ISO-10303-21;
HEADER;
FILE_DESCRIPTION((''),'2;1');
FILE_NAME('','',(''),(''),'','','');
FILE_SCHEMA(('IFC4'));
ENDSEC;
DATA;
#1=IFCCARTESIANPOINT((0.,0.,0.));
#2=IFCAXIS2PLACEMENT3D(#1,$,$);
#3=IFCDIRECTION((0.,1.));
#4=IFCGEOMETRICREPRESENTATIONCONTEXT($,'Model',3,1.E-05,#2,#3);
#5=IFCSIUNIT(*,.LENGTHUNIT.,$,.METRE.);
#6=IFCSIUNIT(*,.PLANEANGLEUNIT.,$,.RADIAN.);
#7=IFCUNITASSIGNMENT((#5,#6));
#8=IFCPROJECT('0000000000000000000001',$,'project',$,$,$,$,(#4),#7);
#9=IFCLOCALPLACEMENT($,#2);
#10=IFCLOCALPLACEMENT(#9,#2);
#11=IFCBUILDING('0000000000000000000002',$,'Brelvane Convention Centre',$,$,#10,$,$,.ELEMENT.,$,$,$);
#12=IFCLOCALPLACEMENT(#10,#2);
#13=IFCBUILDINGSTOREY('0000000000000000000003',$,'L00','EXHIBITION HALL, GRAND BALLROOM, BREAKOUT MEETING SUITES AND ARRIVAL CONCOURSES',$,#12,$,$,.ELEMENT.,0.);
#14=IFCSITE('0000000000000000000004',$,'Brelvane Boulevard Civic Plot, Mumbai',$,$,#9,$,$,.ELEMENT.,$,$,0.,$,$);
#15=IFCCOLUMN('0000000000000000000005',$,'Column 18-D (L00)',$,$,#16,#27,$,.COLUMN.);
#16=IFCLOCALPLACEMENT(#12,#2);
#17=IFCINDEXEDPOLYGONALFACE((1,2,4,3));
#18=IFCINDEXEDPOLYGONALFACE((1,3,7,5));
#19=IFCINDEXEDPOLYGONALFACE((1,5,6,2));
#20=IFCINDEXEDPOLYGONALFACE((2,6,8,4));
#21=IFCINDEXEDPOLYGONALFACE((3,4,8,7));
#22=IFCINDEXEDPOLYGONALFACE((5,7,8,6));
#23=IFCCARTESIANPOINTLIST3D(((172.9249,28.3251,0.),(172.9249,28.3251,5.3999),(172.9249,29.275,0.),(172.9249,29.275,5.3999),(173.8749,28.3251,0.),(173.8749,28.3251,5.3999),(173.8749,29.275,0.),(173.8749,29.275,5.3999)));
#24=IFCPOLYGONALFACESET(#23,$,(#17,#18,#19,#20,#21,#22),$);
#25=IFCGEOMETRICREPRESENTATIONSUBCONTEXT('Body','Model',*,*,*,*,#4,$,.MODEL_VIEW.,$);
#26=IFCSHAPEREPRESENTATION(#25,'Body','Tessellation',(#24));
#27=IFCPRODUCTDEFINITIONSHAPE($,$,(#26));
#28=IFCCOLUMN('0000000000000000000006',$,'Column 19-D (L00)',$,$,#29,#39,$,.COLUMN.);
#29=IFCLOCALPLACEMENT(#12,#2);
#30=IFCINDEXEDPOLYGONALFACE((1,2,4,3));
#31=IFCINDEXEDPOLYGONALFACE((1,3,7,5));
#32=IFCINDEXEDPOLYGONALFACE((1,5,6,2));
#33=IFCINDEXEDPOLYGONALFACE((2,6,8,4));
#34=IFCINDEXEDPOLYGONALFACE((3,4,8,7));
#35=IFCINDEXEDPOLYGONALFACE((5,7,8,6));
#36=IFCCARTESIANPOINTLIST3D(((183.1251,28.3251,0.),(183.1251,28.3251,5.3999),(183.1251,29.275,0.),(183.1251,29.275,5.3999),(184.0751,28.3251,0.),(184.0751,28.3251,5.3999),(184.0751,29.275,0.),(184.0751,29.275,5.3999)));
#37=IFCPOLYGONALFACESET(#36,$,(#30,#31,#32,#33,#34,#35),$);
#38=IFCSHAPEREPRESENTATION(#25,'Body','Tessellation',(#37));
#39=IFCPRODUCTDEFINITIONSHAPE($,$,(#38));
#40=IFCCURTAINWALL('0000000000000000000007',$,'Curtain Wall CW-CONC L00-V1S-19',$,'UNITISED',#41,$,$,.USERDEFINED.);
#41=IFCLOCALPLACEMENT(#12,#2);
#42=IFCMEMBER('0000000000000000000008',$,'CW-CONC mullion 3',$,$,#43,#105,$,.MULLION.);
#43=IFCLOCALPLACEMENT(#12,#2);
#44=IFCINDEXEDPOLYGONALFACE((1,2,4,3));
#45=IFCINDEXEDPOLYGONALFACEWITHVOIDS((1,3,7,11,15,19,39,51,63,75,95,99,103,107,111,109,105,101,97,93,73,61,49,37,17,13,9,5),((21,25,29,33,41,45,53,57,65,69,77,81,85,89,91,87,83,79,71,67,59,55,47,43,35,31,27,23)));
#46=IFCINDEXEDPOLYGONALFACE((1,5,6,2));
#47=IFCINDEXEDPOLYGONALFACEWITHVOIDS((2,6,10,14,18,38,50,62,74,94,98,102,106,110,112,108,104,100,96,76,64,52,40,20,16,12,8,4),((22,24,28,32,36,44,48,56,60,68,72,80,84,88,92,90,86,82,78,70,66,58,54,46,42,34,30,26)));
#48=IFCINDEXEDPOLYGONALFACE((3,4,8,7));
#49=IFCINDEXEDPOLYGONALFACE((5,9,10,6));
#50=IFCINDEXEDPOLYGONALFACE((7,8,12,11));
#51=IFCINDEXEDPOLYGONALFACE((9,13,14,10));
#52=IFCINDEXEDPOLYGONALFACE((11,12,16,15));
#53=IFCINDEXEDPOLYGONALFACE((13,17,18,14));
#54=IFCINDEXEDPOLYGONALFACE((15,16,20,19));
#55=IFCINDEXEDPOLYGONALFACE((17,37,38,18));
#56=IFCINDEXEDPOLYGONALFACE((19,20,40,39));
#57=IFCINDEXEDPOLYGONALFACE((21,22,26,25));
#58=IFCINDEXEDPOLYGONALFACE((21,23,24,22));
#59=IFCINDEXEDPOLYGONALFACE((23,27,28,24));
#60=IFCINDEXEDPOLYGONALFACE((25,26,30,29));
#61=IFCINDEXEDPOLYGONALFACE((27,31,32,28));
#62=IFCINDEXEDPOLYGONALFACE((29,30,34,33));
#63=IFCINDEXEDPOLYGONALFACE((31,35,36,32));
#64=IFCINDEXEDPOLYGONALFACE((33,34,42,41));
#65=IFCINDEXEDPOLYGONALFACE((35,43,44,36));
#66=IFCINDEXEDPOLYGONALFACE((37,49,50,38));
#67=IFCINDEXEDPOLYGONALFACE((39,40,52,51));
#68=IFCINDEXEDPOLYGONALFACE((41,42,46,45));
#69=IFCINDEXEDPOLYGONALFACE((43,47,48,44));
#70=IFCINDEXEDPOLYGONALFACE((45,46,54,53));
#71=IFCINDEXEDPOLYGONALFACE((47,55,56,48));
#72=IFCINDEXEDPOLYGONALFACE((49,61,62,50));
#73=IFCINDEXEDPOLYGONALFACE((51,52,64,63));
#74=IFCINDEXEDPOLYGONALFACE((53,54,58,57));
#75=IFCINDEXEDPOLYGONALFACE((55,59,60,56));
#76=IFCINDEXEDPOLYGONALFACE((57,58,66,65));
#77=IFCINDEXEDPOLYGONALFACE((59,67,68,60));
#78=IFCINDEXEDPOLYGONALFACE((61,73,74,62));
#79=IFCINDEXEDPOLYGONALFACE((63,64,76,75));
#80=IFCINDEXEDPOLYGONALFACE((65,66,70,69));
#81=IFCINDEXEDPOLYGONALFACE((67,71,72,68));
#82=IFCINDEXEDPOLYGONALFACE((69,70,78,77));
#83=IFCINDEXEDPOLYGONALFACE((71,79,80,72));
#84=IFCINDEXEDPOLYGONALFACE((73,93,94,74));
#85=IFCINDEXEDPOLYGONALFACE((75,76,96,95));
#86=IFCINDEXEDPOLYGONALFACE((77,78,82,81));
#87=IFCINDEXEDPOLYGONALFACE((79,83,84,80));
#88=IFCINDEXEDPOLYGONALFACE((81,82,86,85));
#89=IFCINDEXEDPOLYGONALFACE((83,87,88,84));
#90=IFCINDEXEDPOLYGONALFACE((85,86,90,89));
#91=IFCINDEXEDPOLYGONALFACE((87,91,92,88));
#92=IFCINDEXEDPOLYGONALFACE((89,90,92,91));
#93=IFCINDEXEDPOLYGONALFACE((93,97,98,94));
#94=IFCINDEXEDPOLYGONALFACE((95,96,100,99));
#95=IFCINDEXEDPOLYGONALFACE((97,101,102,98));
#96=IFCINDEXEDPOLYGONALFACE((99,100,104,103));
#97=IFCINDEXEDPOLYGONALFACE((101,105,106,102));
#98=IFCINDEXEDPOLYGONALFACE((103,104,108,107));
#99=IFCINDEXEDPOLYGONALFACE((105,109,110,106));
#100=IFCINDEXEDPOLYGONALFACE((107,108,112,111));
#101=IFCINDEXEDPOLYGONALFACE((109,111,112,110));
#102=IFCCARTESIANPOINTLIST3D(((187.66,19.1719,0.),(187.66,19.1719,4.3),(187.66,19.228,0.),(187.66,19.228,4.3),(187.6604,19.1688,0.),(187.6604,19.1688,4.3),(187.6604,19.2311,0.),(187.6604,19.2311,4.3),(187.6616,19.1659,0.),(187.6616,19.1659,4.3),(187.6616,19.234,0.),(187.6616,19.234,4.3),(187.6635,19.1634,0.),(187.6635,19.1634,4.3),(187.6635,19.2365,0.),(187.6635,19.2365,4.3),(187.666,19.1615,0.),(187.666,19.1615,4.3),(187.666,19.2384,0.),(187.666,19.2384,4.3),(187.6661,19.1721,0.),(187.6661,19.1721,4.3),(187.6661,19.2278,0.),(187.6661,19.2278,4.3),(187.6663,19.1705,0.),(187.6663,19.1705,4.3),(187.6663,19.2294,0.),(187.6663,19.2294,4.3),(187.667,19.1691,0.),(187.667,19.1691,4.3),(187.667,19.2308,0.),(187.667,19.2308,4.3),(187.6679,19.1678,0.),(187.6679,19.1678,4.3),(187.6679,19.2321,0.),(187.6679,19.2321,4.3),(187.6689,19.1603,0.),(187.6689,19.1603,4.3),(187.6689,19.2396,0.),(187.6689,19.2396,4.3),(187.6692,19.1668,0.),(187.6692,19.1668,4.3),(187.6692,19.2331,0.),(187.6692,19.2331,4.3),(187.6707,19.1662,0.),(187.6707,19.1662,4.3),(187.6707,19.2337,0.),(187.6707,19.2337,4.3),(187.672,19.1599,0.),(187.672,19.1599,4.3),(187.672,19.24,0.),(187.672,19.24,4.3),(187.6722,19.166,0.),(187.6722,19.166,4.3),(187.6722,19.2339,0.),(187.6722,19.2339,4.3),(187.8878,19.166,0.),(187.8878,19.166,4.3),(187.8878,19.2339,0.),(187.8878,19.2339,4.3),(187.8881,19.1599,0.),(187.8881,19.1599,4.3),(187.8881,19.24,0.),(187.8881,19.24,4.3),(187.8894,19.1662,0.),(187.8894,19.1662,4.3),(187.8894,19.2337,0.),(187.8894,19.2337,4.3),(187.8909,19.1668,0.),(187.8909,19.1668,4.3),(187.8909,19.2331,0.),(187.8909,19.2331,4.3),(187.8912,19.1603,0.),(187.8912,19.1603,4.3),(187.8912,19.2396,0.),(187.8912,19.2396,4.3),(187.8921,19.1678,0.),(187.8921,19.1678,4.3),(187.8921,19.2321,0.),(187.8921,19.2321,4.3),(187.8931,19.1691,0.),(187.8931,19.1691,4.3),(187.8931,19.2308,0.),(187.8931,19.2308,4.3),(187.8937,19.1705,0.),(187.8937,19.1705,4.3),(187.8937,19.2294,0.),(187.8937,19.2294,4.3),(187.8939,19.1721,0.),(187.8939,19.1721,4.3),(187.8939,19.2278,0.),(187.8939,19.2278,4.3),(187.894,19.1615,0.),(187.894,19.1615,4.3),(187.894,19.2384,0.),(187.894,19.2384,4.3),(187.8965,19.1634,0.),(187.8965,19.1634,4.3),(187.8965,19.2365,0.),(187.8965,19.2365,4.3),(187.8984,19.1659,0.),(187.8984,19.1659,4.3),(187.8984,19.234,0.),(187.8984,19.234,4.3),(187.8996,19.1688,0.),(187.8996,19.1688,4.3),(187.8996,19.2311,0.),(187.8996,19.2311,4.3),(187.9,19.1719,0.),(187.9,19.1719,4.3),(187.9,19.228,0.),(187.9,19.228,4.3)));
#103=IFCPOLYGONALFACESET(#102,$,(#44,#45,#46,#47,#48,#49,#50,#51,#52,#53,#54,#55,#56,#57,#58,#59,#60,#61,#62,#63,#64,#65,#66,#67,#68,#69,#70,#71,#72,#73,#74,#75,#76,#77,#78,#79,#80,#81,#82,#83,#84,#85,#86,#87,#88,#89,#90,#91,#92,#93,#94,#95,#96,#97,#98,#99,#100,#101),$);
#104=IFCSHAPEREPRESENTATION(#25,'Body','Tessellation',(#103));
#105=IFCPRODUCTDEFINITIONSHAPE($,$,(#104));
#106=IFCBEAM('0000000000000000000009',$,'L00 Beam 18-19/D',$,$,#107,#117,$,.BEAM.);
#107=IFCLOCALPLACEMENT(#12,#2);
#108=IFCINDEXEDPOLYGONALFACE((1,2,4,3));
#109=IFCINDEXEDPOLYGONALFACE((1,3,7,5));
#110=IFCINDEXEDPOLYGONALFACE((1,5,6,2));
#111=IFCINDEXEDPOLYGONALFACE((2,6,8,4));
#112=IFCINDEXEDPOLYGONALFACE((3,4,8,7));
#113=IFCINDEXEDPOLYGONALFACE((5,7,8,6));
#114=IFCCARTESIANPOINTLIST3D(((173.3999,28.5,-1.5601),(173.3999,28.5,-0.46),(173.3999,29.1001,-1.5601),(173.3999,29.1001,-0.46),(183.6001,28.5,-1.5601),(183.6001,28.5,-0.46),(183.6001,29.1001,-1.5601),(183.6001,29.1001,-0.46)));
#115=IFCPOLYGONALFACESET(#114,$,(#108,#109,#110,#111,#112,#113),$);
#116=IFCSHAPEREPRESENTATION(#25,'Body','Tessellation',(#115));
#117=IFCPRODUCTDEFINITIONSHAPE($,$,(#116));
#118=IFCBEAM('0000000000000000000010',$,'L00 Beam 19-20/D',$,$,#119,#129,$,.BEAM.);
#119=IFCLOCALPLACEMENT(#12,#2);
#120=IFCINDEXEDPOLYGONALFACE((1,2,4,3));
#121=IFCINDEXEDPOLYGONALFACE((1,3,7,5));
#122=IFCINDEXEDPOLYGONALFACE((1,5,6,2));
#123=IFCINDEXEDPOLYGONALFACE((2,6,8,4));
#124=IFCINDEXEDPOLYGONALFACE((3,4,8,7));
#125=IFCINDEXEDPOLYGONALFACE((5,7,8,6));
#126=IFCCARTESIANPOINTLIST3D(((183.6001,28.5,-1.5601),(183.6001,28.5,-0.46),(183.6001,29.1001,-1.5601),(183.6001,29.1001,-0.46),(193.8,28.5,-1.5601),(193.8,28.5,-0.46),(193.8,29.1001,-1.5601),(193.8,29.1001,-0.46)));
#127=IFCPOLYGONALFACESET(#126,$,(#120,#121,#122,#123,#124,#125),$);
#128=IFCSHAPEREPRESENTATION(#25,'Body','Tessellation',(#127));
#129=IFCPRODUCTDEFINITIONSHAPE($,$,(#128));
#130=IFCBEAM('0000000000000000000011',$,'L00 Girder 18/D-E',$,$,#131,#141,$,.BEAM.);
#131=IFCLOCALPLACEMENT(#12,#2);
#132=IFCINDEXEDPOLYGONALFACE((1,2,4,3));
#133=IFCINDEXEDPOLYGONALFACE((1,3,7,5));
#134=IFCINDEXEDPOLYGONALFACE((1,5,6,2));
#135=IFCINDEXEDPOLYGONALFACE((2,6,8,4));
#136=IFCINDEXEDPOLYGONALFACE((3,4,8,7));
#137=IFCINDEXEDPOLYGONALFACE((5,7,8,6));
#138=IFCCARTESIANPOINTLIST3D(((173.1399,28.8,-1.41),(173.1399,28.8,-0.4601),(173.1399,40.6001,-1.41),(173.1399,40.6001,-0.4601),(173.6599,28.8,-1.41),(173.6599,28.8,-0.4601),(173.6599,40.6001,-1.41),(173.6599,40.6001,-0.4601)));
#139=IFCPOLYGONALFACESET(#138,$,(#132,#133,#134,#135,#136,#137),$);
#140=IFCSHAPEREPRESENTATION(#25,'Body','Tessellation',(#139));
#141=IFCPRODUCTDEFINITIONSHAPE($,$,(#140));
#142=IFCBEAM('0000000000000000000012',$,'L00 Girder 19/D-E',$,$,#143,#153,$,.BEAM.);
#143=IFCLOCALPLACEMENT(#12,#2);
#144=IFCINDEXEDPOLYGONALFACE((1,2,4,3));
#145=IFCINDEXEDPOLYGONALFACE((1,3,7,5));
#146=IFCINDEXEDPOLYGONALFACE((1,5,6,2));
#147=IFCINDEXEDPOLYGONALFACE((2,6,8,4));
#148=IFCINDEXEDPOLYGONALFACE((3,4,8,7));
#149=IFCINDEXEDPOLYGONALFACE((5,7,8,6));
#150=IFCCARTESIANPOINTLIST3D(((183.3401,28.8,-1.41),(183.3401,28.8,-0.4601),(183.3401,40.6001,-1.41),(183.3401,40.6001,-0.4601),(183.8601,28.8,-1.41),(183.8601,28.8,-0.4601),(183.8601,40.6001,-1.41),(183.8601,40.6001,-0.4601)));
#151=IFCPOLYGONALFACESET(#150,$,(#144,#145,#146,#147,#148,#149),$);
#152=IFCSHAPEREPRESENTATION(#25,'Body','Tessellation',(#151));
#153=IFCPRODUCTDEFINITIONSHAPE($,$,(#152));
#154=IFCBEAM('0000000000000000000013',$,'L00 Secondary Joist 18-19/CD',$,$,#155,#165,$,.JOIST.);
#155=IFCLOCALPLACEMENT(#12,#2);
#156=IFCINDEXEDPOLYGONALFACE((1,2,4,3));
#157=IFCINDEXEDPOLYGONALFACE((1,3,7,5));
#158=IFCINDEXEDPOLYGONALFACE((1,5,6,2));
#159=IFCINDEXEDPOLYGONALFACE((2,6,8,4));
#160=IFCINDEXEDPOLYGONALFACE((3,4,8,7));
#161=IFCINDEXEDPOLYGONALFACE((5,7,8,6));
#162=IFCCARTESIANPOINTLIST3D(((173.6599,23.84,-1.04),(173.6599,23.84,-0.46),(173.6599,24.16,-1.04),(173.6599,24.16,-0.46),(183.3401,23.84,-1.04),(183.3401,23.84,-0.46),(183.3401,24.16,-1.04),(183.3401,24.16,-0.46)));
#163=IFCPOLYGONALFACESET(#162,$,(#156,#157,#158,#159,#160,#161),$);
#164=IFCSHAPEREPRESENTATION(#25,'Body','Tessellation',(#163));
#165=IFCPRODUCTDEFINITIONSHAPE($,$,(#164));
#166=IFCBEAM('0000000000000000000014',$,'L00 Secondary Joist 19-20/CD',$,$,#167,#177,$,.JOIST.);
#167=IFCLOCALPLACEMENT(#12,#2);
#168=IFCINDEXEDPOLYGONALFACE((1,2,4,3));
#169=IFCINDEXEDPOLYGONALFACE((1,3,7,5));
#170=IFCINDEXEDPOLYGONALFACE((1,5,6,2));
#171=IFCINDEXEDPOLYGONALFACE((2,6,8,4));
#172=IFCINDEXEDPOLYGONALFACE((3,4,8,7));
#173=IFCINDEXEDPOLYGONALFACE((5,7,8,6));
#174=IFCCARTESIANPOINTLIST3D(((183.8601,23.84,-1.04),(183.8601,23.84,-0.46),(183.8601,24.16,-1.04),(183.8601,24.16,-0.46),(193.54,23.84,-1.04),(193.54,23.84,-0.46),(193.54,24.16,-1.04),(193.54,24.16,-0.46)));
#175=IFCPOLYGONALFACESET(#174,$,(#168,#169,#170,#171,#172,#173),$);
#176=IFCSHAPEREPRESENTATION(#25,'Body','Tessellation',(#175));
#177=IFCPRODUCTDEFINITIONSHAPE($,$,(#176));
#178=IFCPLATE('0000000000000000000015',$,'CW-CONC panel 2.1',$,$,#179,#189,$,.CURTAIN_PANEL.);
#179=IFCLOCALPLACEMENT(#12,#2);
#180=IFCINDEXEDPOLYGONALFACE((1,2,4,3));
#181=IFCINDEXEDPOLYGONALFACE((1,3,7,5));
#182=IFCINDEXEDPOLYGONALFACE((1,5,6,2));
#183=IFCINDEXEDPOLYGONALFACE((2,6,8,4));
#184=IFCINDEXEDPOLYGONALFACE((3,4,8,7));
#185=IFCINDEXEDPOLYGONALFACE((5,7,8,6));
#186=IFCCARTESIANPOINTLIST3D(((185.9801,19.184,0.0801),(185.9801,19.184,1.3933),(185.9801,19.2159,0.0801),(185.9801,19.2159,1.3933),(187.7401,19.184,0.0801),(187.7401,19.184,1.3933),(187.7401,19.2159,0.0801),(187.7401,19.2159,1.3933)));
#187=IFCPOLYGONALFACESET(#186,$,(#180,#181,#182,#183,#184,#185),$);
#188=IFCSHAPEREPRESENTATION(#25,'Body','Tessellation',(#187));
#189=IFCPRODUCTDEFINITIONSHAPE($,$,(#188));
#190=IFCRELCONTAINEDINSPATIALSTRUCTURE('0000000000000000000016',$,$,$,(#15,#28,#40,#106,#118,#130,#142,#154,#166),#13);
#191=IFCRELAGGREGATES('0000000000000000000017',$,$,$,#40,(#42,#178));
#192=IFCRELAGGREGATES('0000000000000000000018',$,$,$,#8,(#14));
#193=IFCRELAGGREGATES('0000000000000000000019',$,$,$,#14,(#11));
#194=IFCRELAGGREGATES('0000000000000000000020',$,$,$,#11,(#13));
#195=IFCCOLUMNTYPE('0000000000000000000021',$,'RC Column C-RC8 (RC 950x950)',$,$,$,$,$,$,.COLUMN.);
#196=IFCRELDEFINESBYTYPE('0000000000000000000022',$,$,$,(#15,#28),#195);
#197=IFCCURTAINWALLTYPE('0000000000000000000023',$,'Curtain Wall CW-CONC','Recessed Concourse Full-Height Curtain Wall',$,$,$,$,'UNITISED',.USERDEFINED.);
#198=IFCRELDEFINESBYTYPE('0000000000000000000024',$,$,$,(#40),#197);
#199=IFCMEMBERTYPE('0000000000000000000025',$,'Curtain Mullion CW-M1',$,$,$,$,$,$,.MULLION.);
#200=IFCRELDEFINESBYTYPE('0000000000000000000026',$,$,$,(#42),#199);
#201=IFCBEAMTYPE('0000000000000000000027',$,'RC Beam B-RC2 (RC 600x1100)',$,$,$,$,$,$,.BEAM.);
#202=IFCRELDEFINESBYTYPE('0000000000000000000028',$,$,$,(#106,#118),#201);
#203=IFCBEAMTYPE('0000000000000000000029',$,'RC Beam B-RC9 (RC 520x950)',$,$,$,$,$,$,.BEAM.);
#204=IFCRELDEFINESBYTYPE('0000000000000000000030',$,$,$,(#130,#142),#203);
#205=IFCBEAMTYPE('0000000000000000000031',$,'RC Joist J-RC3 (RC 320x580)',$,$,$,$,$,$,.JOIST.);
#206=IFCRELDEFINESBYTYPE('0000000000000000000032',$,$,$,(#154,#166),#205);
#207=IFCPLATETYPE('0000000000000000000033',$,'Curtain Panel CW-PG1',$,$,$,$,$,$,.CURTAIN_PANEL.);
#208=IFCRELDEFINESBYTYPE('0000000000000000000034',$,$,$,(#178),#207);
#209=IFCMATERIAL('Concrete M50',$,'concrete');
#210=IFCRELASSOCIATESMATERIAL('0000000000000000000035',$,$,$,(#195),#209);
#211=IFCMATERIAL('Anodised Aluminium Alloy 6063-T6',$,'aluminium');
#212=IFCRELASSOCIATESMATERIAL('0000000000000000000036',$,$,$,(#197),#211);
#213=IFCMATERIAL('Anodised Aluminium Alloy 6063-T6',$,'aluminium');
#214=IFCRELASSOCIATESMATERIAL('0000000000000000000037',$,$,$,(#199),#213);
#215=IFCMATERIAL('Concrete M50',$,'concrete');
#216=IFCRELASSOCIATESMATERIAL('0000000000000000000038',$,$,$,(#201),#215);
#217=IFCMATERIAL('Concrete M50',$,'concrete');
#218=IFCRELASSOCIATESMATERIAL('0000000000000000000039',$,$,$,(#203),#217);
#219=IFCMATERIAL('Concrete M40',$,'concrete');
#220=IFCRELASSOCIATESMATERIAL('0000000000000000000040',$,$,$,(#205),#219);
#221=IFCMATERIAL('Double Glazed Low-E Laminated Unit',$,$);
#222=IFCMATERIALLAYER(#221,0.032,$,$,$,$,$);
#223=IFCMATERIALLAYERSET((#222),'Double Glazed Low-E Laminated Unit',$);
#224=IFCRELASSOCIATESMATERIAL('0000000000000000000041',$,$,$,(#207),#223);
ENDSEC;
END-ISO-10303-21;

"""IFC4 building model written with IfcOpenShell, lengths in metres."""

from ifc_helpers import new_model, si_unit, direction, frame, origin, origin_2d, place, context, subcontext, project, spatial, rectangle, hollow_rectangle, extrude, material, layer, layer_set, material_profile, profile_set, type_object, element, aggregate, save


model = new_model("IFC4")

# Units and contexts
model_context = context("Model", 3, precision=1e-05, world=origin(), true_north=direction((0.0, 1.0)))
body_context = subcontext(model_context, "Body", "Model", "MODEL_VIEW")
ifc_project = project(units=[si_unit("LENGTHUNIT", "METRE"), si_unit("PLANEANGLEUNIT", "RADIAN")], contexts=[model_context])

# Site, building, storey
site_placement = place(None, origin())
site = spatial("IfcSite", under=ifc_project, at=site_placement, Name="Brelvane Boulevard Civic Plot, Mumbai", CompositionType="ELEMENT", RefElevation=0.0)
building_placement = place(site_placement, origin())
building = spatial("IfcBuilding", under=site, at=building_placement, Name="Brelvane Convention Centre", CompositionType="ELEMENT")
storey_placement = place(building_placement, origin())
storey = spatial("IfcBuildingStorey", under=building, at=storey_placement, Name="L00", Description="EXHIBITION HALL, GRAND BALLROOM, BREAKOUT MEETING SUITES AND ARRIVAL CONCOURSES", CompositionType="ELEMENT", Elevation=0.0)

# Columns
ifc_material_1 = material(Name="Concrete M50", Category="concrete")
ifc_material_profile_1 = material_profile(ifc_material_1, rectangle(XDim=0.95, YDim=0.95, at=origin_2d()), Name="RC 950x950")
ifc_profile_set_1 = profile_set([ifc_material_profile_1], Name="Concrete M50")
column_type = type_object("IfcColumnType", Name="RC Column C-RC8 (RC 950x950)", PredefinedType="COLUMN", material=ifc_profile_set_1)
for number, where, z_axis, x_axis, name in (
    (1, (173.3999, 28.8, 0.0), (0.0, 0.0, 1.0), (1.0, 0.0, 0.0), "Column 18-D (L00)"),
    (2, (183.6001, 28.8, 0.0), (0.0, 0.0, 1.0), (1.0, 0.0, 0.0), "Column 19-D (L00)"),
):
    element("IfcColumn", number, at=place(storey_placement, frame(where, z_axis=z_axis, x_axis=x_axis)), inside=storey, type_object=column_type, Name=name, PredefinedType="COLUMN", context=body_context, shape_type="SweptSolid", body=[
        extrude(rectangle(XDim=0.95, YDim=0.95, at=origin_2d()), origin(), (0.0, 0.0, 1.0), 5.3999),
    ])

# Curtain wall, member
ifc_material_2 = material(Name="Anodised Aluminium Alloy 6063-T6", Category="aluminium")
curtain_wall_type = type_object("IfcCurtainWallType", Name="Curtain Wall CW-CONC", Description="Recessed Concourse Full-Height Curtain Wall", ElementType="UNITISED", PredefinedType="USERDEFINED", material=ifc_material_2)
curtain_wall_placement = place(storey_placement, origin())
curtain_wall = element("IfcCurtainWall", 3, at=curtain_wall_placement, inside=storey, type_object=curtain_wall_type, Name="Curtain Wall CW-CONC L00-V1S-19", ObjectType="UNITISED", PredefinedType="USERDEFINED")
ifc_material_3 = material(Name="Anodised Aluminium Alloy 6063-T6", Category="aluminium")
ifc_material_profile_2 = material_profile(ifc_material_3, hollow_rectangle(XDim=0.0801, YDim=0.24, WallThickness=0.0061, InnerFilletRadius=0.0061, OuterFilletRadius=0.012, at=origin_2d()), Name="ALU-M 240x80x6.0")
ifc_profile_set_2 = profile_set([ifc_material_profile_2], Name="Anodised Aluminium Alloy 6063-T6")
member_type = type_object("IfcMemberType", Name="Curtain Mullion CW-M1", PredefinedType="MULLION", material=ifc_profile_set_2)
member_placement = place(storey_placement, frame((187.78, 19.2, 0.0), z_axis=(0.0, 0.0, 1.0), x_axis=(0.0, 1.0, 0.0)))
member = element("IfcMember", 4, at=member_placement, type_object=member_type, Name="CW-CONC mullion 3", PredefinedType="MULLION", context=body_context, shape_type="SweptSolid", body=[
    extrude(hollow_rectangle(XDim=0.0801, YDim=0.24, WallThickness=0.0061, InnerFilletRadius=0.0061, OuterFilletRadius=0.012, at=origin_2d()), origin(), (0.0, 0.0, 1.0), 4.3),
])

# Beams
ifc_material_4 = material(Name="Concrete M50", Category="concrete")
ifc_material_profile_3 = material_profile(ifc_material_4, rectangle(XDim=0.6001, YDim=1.1001, at=origin_2d()), Name="RC 600x1100")
ifc_profile_set_3 = profile_set([ifc_material_profile_3], Name="Concrete M50")
beam_type_1 = type_object("IfcBeamType", Name="RC Beam B-RC2 (RC 600x1100)", PredefinedType="BEAM", material=ifc_profile_set_3)
beam_1_placement = place(storey_placement, frame((173.3999, 28.8, -1.01), z_axis=(1.0, 0.0, 0.0), x_axis=(0.0, 1.0, 0.0)))
element("IfcBeam", 5, at=beam_1_placement, inside=storey, type_object=beam_type_1, Name="L00 Beam 18-19/D", PredefinedType="BEAM", context=body_context, shape_type="SweptSolid", body=[
    extrude(rectangle(XDim=0.6001, YDim=1.1001, at=origin_2d()), origin(), (0.0, 0.0, 1.0), 10.2002),
])
beam_2_placement = place(storey_placement, frame((183.6001, 28.8, -1.01), z_axis=(1.0, 0.0, 0.0), x_axis=(0.0, 1.0, 0.0)))
element("IfcBeam", 6, at=beam_2_placement, inside=storey, type_object=beam_type_1, Name="L00 Beam 19-20/D", PredefinedType="BEAM", context=body_context, shape_type="SweptSolid", body=[
    extrude(rectangle(XDim=0.6001, YDim=1.1001, at=origin_2d()), origin(), (0.0, 0.0, 1.0), 10.2),
])
ifc_material_5 = material(Name="Concrete M50", Category="concrete")
ifc_material_profile_4 = material_profile(ifc_material_5, rectangle(XDim=0.52, YDim=0.95, at=origin_2d()), Name="RC 520x950")
ifc_profile_set_4 = profile_set([ifc_material_profile_4], Name="Concrete M50")
beam_type_2 = type_object("IfcBeamType", Name="RC Beam B-RC9 (RC 520x950)", PredefinedType="BEAM", material=ifc_profile_set_4)
for number, where, z_axis, x_axis, name in (
    (7, (173.3999, 28.8, -0.9351), (0.0, 1.0, 0.0), (-1.0, 0.0, 0.0), "L00 Girder 18/D-E"),
    (8, (183.6001, 28.8, -0.9351), (0.0, 1.0, 0.0), (-1.0, 0.0, 0.0), "L00 Girder 19/D-E"),
):
    element("IfcBeam", number, at=place(storey_placement, frame(where, z_axis=z_axis, x_axis=x_axis)), inside=storey, type_object=beam_type_2, Name=name, PredefinedType="BEAM", context=body_context, shape_type="SweptSolid", body=[
        extrude(rectangle(XDim=0.52, YDim=0.95, at=origin_2d()), origin(), (0.0, 0.0, 1.0), 11.8),
    ])
ifc_material_6 = material(Name="Concrete M40", Category="concrete")
ifc_material_profile_5 = material_profile(ifc_material_6, rectangle(XDim=0.3201, YDim=0.5801, at=origin_2d()), Name="RC 320x580")
ifc_profile_set_5 = profile_set([ifc_material_profile_5], Name="Concrete M40")
beam_type_3 = type_object("IfcBeamType", Name="RC Joist J-RC3 (RC 320x580)", PredefinedType="JOIST", material=ifc_profile_set_5)
beam_3_placement = place(storey_placement, frame((173.6599, 24.0, -0.75), z_axis=(1.0, 0.0, 0.0), x_axis=(0.0, 1.0, 0.0)))
element("IfcBeam", 9, at=beam_3_placement, inside=storey, type_object=beam_type_3, Name="L00 Secondary Joist 18-19/CD", PredefinedType="JOIST", context=body_context, shape_type="SweptSolid", body=[
    extrude(rectangle(XDim=0.3201, YDim=0.5801, at=origin_2d()), origin(), (0.0, 0.0, 1.0), 9.6802),
])
beam_4_placement = place(storey_placement, frame((183.8601, 24.0, -0.75), z_axis=(1.0, 0.0, 0.0), x_axis=(0.0, 1.0, 0.0)))
element("IfcBeam", 10, at=beam_4_placement, inside=storey, type_object=beam_type_3, Name="L00 Secondary Joist 19-20/CD", PredefinedType="JOIST", context=body_context, shape_type="SweptSolid", body=[
    extrude(rectangle(XDim=0.3201, YDim=0.5801, at=origin_2d()), origin(), (0.0, 0.0, 1.0), 9.6799),
])

# Plate
ifc_material_7 = material(Name="Double Glazed Low-E Laminated Unit")
ifc_layer_1 = layer(ifc_material_7, 0.032)
ifc_layer_set_1 = layer_set([ifc_layer_1], Name="Double Glazed Low-E Laminated Unit")
plate_type = type_object("IfcPlateType", Name="Curtain Panel CW-PG1", PredefinedType="CURTAIN_PANEL", material=ifc_layer_set_1)
plate_1_placement = place(storey_placement, frame((186.8601, 19.2, 0.0801), z_axis=(0.0, 0.0, 1.0), x_axis=(1.0, 0.0, 0.0)))
plate_1 = element("IfcPlate", 11, at=plate_1_placement, type_object=plate_type, Name="CW-CONC panel 2.1", PredefinedType="CURTAIN_PANEL", context=body_context, shape_type="SweptSolid", body=[
    extrude(rectangle(XDim=1.76, YDim=0.032, at=origin_2d()), origin(), (0.0, 0.0, 1.0), 1.3132),
])
aggregate(curtain_wall, [member, plate_1])

save(model, "model.ifc")
